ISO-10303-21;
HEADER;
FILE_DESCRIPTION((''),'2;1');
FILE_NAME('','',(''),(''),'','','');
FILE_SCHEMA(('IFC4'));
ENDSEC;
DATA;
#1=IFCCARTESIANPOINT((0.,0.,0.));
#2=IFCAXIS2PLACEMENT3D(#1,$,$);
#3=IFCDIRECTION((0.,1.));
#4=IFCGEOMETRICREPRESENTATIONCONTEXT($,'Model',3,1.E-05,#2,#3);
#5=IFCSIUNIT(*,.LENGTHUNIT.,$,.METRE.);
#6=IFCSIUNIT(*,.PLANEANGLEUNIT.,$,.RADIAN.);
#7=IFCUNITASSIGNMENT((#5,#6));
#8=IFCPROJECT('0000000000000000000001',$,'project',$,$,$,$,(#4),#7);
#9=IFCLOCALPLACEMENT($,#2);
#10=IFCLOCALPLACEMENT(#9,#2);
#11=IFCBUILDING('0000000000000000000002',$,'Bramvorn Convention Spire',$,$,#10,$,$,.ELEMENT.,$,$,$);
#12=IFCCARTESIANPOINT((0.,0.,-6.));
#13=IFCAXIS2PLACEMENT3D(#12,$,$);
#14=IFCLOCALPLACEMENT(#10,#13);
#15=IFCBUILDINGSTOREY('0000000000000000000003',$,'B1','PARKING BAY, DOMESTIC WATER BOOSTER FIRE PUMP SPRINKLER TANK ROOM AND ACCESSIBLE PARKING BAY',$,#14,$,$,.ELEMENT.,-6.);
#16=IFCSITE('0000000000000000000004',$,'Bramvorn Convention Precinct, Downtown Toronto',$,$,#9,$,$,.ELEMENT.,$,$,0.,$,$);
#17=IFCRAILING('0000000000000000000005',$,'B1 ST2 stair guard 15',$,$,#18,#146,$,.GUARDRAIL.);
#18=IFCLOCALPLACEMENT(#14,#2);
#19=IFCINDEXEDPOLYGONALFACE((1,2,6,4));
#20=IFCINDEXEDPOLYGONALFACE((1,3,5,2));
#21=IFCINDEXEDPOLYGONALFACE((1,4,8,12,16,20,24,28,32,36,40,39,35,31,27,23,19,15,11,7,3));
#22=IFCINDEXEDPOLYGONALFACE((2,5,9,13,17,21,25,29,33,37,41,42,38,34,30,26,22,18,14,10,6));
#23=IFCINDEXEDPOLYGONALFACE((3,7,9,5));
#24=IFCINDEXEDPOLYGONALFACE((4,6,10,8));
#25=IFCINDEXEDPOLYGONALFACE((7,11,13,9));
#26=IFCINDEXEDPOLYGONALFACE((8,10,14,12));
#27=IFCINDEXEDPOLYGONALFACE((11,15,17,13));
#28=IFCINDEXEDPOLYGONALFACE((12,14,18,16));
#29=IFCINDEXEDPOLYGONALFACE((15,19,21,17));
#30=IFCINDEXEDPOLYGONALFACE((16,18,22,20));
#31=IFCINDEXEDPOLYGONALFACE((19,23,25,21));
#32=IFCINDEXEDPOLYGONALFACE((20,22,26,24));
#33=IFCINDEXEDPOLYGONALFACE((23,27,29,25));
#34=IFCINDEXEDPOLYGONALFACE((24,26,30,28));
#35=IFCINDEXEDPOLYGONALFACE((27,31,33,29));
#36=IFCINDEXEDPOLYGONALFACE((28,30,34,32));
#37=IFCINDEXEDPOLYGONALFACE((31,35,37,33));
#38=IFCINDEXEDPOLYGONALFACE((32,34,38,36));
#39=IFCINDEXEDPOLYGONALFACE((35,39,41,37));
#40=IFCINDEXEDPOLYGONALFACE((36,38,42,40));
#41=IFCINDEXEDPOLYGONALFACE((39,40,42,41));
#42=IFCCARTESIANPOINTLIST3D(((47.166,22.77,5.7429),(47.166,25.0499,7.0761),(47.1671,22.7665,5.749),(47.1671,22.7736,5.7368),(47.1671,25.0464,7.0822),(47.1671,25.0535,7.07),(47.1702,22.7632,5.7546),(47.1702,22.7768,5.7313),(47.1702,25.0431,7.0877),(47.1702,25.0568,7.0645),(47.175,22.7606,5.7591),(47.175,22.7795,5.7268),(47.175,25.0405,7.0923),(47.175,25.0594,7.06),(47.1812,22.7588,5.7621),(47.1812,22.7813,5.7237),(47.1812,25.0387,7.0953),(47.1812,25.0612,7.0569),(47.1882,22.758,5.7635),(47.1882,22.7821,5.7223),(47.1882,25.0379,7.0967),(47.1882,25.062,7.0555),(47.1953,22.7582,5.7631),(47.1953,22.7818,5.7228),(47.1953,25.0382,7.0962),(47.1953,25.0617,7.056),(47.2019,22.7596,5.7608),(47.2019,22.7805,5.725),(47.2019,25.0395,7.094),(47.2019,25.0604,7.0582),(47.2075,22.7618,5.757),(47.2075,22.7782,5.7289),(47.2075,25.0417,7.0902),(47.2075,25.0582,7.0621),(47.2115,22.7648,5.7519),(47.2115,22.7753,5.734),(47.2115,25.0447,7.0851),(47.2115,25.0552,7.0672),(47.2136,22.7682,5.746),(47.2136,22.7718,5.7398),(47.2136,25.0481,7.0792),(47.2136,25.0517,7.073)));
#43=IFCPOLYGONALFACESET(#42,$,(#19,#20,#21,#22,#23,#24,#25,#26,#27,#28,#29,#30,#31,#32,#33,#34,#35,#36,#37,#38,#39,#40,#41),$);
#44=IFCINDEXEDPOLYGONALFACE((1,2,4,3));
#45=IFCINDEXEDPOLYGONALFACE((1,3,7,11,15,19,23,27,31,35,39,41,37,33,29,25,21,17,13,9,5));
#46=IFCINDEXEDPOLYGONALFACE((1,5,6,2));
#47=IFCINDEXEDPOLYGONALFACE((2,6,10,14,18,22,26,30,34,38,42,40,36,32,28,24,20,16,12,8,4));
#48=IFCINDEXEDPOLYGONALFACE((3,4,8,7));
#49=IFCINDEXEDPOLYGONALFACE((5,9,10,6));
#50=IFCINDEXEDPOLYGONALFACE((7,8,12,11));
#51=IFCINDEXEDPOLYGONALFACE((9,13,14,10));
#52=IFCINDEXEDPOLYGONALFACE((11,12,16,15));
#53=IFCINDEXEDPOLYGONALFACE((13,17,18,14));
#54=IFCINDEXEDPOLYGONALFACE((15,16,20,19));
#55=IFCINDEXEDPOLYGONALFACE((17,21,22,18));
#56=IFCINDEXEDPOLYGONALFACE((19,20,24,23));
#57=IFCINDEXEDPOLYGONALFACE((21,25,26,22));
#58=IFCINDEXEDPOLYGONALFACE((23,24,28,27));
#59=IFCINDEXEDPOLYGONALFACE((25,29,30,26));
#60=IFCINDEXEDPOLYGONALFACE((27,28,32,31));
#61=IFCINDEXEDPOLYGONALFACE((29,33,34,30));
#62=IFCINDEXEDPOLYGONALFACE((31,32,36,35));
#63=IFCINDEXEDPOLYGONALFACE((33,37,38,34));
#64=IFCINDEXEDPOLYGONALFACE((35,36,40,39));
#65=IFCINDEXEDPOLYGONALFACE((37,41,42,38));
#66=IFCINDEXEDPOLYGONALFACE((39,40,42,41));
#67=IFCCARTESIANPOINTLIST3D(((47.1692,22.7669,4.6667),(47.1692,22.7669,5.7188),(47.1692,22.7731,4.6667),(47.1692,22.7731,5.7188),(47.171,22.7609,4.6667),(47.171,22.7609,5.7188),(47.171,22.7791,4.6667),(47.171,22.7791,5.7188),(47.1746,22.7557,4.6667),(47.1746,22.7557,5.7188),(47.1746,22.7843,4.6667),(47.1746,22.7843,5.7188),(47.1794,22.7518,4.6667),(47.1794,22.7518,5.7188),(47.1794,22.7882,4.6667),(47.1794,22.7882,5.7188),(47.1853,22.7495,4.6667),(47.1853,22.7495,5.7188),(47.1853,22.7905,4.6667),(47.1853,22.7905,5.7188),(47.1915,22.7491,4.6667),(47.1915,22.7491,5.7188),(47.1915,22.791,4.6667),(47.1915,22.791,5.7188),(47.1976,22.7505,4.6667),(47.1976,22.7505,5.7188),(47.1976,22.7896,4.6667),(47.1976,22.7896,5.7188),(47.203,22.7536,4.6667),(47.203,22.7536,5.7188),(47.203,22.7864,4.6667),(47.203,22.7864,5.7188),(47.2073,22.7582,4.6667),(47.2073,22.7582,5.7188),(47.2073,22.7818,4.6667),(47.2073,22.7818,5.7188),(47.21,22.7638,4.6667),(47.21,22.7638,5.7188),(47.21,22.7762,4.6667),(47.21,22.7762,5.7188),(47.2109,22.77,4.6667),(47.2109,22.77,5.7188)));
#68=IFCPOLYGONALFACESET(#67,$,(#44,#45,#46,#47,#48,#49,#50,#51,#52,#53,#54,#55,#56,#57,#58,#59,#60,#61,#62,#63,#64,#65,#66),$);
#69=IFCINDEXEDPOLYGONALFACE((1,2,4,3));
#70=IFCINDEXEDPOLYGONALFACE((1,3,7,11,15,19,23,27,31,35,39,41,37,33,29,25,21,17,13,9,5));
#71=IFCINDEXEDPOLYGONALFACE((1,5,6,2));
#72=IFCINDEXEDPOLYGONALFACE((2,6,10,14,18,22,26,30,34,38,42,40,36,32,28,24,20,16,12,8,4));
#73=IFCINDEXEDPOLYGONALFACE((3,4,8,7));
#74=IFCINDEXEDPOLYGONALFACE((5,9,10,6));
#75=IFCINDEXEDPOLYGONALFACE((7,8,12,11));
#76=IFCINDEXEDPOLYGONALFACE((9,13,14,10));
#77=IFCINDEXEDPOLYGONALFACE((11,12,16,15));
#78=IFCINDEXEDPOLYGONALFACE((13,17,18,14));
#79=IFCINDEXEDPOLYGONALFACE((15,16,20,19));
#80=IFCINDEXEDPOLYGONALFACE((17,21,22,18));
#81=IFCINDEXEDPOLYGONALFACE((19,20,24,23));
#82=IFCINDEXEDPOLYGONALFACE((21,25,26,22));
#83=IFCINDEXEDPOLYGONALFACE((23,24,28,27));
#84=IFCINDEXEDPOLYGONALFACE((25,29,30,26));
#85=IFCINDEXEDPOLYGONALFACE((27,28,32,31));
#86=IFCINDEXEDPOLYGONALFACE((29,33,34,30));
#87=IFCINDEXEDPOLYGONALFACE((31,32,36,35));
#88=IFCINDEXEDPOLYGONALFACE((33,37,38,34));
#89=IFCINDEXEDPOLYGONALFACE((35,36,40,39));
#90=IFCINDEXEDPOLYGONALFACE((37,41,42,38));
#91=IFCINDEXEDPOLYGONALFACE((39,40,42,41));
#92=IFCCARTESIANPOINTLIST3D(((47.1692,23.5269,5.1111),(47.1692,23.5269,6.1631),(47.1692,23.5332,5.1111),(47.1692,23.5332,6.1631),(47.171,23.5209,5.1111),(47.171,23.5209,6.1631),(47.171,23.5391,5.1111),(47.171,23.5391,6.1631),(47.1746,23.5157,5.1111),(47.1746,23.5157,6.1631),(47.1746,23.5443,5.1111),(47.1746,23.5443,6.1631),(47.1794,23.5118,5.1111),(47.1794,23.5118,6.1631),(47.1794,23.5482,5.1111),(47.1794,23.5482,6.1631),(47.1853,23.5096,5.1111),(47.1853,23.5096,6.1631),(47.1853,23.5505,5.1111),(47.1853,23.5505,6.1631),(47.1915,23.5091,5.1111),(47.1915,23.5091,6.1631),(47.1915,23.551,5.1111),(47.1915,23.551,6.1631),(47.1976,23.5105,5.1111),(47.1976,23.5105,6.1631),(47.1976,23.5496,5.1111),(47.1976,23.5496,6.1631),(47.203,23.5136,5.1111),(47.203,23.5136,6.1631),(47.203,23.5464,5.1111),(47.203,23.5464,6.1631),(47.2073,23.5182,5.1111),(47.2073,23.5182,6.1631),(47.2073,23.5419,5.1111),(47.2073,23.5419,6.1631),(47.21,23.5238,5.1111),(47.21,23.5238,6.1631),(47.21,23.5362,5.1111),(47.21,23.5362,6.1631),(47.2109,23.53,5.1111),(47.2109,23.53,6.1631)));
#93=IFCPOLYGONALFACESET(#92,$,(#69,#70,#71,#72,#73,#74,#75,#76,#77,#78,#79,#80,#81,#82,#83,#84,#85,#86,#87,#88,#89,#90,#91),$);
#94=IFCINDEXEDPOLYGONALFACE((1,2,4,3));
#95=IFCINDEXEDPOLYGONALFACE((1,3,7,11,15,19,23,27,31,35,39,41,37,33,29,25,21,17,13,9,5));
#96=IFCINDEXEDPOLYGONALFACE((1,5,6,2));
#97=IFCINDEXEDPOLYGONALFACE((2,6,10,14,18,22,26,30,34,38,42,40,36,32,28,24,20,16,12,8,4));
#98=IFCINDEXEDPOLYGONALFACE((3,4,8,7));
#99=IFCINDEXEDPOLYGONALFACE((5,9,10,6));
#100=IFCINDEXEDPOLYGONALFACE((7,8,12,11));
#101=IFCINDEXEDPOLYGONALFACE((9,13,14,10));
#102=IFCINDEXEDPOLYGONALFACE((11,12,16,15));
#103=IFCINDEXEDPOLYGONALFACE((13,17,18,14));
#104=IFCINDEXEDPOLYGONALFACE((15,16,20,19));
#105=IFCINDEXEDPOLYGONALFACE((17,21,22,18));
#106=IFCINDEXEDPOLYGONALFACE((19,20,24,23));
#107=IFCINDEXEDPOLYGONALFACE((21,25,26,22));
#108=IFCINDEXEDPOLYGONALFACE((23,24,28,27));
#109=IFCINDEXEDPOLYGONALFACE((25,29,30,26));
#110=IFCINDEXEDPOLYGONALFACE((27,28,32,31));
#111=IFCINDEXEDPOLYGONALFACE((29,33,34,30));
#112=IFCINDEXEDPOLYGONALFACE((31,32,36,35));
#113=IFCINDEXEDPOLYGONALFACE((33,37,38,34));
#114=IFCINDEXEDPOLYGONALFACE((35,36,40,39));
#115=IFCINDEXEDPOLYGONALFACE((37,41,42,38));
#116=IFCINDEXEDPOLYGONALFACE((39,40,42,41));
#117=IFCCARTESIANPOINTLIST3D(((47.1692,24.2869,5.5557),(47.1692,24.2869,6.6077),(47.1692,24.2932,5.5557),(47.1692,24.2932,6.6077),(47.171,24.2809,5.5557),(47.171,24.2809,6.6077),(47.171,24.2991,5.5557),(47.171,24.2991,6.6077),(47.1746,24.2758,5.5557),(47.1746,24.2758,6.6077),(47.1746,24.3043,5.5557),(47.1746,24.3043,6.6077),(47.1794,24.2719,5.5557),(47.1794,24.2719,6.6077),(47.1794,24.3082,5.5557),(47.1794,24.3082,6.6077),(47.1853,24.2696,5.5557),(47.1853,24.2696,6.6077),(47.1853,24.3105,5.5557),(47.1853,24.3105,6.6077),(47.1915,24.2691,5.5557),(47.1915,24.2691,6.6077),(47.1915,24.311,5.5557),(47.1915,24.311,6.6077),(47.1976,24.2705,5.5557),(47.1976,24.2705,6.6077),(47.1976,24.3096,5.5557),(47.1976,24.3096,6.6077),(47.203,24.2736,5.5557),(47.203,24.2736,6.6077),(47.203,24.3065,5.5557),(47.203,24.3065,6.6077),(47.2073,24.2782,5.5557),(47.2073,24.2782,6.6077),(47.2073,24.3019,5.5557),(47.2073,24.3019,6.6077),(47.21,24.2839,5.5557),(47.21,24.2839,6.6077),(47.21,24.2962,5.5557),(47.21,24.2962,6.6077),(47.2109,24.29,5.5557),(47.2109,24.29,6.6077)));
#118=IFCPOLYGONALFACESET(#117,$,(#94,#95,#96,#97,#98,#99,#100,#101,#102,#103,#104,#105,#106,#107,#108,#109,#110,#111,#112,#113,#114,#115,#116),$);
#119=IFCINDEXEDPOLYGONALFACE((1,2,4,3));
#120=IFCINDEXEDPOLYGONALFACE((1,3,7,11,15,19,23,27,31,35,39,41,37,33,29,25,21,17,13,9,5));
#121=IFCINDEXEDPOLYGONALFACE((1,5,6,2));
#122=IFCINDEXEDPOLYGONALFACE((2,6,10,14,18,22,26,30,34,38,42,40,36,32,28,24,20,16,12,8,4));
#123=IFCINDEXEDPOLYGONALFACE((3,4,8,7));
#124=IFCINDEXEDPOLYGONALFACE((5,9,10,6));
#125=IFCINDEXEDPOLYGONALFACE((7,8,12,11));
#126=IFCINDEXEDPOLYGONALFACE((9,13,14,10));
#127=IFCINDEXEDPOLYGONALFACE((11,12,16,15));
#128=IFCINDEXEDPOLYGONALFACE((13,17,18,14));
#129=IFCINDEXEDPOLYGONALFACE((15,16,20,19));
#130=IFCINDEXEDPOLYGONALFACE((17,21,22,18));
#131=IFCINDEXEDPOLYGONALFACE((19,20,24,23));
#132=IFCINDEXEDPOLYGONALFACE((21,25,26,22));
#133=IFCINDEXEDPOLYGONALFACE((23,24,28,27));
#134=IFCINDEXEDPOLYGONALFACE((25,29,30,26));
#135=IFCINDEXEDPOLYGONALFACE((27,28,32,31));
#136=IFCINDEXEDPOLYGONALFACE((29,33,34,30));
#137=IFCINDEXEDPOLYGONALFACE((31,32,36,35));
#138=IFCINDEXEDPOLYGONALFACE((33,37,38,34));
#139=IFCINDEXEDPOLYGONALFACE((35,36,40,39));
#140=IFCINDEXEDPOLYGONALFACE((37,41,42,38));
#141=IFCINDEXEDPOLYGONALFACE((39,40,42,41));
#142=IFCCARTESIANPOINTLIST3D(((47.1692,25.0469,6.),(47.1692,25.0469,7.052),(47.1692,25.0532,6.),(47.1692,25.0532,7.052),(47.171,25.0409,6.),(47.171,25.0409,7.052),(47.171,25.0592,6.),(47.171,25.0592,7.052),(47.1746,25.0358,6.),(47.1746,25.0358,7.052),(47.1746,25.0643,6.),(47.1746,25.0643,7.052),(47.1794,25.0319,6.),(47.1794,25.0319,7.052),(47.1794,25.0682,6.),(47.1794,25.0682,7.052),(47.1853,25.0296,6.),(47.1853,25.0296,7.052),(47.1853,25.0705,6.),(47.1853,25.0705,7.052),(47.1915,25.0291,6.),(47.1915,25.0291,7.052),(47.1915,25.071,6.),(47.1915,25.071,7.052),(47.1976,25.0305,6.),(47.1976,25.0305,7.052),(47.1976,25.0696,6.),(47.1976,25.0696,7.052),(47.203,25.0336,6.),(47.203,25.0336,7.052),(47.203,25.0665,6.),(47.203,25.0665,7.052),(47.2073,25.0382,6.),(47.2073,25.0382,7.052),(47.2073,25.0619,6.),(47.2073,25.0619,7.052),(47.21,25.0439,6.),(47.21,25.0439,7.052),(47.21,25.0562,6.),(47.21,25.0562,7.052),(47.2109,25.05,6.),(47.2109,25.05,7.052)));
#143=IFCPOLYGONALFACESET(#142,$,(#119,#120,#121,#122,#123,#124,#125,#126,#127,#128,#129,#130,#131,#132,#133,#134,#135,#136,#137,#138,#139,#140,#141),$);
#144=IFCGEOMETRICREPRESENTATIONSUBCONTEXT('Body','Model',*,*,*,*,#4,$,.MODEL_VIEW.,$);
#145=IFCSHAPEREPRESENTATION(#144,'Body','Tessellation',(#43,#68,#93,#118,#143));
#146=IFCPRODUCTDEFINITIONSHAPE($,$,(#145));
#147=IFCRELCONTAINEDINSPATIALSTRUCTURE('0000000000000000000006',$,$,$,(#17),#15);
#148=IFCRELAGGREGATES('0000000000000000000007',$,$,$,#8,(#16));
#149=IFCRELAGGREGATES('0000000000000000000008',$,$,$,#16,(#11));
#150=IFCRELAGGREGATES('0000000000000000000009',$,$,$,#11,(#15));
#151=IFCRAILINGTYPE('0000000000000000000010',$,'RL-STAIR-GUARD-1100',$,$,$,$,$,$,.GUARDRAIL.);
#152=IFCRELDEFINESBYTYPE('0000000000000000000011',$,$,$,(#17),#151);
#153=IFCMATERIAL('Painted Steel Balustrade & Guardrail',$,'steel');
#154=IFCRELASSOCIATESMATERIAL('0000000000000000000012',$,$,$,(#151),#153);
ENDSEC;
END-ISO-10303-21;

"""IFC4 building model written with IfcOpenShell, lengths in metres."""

from ifc_helpers import new_model, si_unit, direction, frame, origin, origin_2d, place, context, subcontext, project, spatial, circle, extrude, material, type_object, element, save


model = new_model("IFC4")

# Units and contexts
model_context = context("Model", 3, precision=1e-05, world=origin(), true_north=direction((0.0, 1.0)))
body_context = subcontext(model_context, "Body", "Model", "MODEL_VIEW")
ifc_project = project(units=[si_unit("LENGTHUNIT", "METRE"), si_unit("PLANEANGLEUNIT", "RADIAN")], contexts=[model_context])

# Site, building, storey
site_placement = place(None, origin())
site = spatial("IfcSite", under=ifc_project, at=site_placement, Name="Bramvorn Convention Precinct, Downtown Toronto", CompositionType="ELEMENT", RefElevation=0.0)
building_placement = place(site_placement, origin())
building = spatial("IfcBuilding", under=site, at=building_placement, Name="Bramvorn Convention Spire", CompositionType="ELEMENT")
storey_placement = place(building_placement, frame((0.0, 0.0, -6.0)))
storey = spatial("IfcBuildingStorey", under=building, at=storey_placement, Name="B1", Description="PARKING BAY, DOMESTIC WATER BOOSTER FIRE PUMP SPRINKLER TANK ROOM AND ACCESSIBLE PARKING BAY", CompositionType="ELEMENT", Elevation=-6.0)

# Railing
ifc_material_1 = material(Name="Painted Steel Balustrade & Guardrail", Category="steel")
railing_type_1 = type_object("IfcRailingType", Name="RL-STAIR-GUARD-1100", PredefinedType="GUARDRAIL", material=ifc_material_1)
railing_1_placement = place(storey_placement, frame((47.1899, 22.77, 4.6667)))
element("IfcRailing", 1, at=railing_1_placement, inside=storey, type_object=railing_type_1, Name="B1 ST2 stair guard 15", PredefinedType="GUARDRAIL", context=body_context, shape_type="SweptSolid", body=[
    extrude(circle(Radius=0.0239, at=origin_2d()), frame((0.0, 0.0, 1.0762), z_axis=(0.0, 0.863245, 0.504785), x_axis=(-1.0, 0.0, 0.0)), (0.0, 0.0, 1.0), 2.6411),
    extrude(circle(Radius=0.021, at=origin_2d()), origin(), (0.0, 0.0, 1.0), 1.052),
    extrude(circle(Radius=0.021, at=origin_2d()), frame((0.0, 0.76, 0.4443)), (0.0, 0.0, 1.0), 1.052),
    extrude(circle(Radius=0.021, at=origin_2d()), frame((0.0, 1.52, 0.8889)), (0.0, 0.0, 1.0), 1.052),
    extrude(circle(Radius=0.021, at=origin_2d()), frame((0.0, 2.28, 1.3333)), (0.0, 0.0, 1.0), 1.052),
])

save(model, "model.ifc")
